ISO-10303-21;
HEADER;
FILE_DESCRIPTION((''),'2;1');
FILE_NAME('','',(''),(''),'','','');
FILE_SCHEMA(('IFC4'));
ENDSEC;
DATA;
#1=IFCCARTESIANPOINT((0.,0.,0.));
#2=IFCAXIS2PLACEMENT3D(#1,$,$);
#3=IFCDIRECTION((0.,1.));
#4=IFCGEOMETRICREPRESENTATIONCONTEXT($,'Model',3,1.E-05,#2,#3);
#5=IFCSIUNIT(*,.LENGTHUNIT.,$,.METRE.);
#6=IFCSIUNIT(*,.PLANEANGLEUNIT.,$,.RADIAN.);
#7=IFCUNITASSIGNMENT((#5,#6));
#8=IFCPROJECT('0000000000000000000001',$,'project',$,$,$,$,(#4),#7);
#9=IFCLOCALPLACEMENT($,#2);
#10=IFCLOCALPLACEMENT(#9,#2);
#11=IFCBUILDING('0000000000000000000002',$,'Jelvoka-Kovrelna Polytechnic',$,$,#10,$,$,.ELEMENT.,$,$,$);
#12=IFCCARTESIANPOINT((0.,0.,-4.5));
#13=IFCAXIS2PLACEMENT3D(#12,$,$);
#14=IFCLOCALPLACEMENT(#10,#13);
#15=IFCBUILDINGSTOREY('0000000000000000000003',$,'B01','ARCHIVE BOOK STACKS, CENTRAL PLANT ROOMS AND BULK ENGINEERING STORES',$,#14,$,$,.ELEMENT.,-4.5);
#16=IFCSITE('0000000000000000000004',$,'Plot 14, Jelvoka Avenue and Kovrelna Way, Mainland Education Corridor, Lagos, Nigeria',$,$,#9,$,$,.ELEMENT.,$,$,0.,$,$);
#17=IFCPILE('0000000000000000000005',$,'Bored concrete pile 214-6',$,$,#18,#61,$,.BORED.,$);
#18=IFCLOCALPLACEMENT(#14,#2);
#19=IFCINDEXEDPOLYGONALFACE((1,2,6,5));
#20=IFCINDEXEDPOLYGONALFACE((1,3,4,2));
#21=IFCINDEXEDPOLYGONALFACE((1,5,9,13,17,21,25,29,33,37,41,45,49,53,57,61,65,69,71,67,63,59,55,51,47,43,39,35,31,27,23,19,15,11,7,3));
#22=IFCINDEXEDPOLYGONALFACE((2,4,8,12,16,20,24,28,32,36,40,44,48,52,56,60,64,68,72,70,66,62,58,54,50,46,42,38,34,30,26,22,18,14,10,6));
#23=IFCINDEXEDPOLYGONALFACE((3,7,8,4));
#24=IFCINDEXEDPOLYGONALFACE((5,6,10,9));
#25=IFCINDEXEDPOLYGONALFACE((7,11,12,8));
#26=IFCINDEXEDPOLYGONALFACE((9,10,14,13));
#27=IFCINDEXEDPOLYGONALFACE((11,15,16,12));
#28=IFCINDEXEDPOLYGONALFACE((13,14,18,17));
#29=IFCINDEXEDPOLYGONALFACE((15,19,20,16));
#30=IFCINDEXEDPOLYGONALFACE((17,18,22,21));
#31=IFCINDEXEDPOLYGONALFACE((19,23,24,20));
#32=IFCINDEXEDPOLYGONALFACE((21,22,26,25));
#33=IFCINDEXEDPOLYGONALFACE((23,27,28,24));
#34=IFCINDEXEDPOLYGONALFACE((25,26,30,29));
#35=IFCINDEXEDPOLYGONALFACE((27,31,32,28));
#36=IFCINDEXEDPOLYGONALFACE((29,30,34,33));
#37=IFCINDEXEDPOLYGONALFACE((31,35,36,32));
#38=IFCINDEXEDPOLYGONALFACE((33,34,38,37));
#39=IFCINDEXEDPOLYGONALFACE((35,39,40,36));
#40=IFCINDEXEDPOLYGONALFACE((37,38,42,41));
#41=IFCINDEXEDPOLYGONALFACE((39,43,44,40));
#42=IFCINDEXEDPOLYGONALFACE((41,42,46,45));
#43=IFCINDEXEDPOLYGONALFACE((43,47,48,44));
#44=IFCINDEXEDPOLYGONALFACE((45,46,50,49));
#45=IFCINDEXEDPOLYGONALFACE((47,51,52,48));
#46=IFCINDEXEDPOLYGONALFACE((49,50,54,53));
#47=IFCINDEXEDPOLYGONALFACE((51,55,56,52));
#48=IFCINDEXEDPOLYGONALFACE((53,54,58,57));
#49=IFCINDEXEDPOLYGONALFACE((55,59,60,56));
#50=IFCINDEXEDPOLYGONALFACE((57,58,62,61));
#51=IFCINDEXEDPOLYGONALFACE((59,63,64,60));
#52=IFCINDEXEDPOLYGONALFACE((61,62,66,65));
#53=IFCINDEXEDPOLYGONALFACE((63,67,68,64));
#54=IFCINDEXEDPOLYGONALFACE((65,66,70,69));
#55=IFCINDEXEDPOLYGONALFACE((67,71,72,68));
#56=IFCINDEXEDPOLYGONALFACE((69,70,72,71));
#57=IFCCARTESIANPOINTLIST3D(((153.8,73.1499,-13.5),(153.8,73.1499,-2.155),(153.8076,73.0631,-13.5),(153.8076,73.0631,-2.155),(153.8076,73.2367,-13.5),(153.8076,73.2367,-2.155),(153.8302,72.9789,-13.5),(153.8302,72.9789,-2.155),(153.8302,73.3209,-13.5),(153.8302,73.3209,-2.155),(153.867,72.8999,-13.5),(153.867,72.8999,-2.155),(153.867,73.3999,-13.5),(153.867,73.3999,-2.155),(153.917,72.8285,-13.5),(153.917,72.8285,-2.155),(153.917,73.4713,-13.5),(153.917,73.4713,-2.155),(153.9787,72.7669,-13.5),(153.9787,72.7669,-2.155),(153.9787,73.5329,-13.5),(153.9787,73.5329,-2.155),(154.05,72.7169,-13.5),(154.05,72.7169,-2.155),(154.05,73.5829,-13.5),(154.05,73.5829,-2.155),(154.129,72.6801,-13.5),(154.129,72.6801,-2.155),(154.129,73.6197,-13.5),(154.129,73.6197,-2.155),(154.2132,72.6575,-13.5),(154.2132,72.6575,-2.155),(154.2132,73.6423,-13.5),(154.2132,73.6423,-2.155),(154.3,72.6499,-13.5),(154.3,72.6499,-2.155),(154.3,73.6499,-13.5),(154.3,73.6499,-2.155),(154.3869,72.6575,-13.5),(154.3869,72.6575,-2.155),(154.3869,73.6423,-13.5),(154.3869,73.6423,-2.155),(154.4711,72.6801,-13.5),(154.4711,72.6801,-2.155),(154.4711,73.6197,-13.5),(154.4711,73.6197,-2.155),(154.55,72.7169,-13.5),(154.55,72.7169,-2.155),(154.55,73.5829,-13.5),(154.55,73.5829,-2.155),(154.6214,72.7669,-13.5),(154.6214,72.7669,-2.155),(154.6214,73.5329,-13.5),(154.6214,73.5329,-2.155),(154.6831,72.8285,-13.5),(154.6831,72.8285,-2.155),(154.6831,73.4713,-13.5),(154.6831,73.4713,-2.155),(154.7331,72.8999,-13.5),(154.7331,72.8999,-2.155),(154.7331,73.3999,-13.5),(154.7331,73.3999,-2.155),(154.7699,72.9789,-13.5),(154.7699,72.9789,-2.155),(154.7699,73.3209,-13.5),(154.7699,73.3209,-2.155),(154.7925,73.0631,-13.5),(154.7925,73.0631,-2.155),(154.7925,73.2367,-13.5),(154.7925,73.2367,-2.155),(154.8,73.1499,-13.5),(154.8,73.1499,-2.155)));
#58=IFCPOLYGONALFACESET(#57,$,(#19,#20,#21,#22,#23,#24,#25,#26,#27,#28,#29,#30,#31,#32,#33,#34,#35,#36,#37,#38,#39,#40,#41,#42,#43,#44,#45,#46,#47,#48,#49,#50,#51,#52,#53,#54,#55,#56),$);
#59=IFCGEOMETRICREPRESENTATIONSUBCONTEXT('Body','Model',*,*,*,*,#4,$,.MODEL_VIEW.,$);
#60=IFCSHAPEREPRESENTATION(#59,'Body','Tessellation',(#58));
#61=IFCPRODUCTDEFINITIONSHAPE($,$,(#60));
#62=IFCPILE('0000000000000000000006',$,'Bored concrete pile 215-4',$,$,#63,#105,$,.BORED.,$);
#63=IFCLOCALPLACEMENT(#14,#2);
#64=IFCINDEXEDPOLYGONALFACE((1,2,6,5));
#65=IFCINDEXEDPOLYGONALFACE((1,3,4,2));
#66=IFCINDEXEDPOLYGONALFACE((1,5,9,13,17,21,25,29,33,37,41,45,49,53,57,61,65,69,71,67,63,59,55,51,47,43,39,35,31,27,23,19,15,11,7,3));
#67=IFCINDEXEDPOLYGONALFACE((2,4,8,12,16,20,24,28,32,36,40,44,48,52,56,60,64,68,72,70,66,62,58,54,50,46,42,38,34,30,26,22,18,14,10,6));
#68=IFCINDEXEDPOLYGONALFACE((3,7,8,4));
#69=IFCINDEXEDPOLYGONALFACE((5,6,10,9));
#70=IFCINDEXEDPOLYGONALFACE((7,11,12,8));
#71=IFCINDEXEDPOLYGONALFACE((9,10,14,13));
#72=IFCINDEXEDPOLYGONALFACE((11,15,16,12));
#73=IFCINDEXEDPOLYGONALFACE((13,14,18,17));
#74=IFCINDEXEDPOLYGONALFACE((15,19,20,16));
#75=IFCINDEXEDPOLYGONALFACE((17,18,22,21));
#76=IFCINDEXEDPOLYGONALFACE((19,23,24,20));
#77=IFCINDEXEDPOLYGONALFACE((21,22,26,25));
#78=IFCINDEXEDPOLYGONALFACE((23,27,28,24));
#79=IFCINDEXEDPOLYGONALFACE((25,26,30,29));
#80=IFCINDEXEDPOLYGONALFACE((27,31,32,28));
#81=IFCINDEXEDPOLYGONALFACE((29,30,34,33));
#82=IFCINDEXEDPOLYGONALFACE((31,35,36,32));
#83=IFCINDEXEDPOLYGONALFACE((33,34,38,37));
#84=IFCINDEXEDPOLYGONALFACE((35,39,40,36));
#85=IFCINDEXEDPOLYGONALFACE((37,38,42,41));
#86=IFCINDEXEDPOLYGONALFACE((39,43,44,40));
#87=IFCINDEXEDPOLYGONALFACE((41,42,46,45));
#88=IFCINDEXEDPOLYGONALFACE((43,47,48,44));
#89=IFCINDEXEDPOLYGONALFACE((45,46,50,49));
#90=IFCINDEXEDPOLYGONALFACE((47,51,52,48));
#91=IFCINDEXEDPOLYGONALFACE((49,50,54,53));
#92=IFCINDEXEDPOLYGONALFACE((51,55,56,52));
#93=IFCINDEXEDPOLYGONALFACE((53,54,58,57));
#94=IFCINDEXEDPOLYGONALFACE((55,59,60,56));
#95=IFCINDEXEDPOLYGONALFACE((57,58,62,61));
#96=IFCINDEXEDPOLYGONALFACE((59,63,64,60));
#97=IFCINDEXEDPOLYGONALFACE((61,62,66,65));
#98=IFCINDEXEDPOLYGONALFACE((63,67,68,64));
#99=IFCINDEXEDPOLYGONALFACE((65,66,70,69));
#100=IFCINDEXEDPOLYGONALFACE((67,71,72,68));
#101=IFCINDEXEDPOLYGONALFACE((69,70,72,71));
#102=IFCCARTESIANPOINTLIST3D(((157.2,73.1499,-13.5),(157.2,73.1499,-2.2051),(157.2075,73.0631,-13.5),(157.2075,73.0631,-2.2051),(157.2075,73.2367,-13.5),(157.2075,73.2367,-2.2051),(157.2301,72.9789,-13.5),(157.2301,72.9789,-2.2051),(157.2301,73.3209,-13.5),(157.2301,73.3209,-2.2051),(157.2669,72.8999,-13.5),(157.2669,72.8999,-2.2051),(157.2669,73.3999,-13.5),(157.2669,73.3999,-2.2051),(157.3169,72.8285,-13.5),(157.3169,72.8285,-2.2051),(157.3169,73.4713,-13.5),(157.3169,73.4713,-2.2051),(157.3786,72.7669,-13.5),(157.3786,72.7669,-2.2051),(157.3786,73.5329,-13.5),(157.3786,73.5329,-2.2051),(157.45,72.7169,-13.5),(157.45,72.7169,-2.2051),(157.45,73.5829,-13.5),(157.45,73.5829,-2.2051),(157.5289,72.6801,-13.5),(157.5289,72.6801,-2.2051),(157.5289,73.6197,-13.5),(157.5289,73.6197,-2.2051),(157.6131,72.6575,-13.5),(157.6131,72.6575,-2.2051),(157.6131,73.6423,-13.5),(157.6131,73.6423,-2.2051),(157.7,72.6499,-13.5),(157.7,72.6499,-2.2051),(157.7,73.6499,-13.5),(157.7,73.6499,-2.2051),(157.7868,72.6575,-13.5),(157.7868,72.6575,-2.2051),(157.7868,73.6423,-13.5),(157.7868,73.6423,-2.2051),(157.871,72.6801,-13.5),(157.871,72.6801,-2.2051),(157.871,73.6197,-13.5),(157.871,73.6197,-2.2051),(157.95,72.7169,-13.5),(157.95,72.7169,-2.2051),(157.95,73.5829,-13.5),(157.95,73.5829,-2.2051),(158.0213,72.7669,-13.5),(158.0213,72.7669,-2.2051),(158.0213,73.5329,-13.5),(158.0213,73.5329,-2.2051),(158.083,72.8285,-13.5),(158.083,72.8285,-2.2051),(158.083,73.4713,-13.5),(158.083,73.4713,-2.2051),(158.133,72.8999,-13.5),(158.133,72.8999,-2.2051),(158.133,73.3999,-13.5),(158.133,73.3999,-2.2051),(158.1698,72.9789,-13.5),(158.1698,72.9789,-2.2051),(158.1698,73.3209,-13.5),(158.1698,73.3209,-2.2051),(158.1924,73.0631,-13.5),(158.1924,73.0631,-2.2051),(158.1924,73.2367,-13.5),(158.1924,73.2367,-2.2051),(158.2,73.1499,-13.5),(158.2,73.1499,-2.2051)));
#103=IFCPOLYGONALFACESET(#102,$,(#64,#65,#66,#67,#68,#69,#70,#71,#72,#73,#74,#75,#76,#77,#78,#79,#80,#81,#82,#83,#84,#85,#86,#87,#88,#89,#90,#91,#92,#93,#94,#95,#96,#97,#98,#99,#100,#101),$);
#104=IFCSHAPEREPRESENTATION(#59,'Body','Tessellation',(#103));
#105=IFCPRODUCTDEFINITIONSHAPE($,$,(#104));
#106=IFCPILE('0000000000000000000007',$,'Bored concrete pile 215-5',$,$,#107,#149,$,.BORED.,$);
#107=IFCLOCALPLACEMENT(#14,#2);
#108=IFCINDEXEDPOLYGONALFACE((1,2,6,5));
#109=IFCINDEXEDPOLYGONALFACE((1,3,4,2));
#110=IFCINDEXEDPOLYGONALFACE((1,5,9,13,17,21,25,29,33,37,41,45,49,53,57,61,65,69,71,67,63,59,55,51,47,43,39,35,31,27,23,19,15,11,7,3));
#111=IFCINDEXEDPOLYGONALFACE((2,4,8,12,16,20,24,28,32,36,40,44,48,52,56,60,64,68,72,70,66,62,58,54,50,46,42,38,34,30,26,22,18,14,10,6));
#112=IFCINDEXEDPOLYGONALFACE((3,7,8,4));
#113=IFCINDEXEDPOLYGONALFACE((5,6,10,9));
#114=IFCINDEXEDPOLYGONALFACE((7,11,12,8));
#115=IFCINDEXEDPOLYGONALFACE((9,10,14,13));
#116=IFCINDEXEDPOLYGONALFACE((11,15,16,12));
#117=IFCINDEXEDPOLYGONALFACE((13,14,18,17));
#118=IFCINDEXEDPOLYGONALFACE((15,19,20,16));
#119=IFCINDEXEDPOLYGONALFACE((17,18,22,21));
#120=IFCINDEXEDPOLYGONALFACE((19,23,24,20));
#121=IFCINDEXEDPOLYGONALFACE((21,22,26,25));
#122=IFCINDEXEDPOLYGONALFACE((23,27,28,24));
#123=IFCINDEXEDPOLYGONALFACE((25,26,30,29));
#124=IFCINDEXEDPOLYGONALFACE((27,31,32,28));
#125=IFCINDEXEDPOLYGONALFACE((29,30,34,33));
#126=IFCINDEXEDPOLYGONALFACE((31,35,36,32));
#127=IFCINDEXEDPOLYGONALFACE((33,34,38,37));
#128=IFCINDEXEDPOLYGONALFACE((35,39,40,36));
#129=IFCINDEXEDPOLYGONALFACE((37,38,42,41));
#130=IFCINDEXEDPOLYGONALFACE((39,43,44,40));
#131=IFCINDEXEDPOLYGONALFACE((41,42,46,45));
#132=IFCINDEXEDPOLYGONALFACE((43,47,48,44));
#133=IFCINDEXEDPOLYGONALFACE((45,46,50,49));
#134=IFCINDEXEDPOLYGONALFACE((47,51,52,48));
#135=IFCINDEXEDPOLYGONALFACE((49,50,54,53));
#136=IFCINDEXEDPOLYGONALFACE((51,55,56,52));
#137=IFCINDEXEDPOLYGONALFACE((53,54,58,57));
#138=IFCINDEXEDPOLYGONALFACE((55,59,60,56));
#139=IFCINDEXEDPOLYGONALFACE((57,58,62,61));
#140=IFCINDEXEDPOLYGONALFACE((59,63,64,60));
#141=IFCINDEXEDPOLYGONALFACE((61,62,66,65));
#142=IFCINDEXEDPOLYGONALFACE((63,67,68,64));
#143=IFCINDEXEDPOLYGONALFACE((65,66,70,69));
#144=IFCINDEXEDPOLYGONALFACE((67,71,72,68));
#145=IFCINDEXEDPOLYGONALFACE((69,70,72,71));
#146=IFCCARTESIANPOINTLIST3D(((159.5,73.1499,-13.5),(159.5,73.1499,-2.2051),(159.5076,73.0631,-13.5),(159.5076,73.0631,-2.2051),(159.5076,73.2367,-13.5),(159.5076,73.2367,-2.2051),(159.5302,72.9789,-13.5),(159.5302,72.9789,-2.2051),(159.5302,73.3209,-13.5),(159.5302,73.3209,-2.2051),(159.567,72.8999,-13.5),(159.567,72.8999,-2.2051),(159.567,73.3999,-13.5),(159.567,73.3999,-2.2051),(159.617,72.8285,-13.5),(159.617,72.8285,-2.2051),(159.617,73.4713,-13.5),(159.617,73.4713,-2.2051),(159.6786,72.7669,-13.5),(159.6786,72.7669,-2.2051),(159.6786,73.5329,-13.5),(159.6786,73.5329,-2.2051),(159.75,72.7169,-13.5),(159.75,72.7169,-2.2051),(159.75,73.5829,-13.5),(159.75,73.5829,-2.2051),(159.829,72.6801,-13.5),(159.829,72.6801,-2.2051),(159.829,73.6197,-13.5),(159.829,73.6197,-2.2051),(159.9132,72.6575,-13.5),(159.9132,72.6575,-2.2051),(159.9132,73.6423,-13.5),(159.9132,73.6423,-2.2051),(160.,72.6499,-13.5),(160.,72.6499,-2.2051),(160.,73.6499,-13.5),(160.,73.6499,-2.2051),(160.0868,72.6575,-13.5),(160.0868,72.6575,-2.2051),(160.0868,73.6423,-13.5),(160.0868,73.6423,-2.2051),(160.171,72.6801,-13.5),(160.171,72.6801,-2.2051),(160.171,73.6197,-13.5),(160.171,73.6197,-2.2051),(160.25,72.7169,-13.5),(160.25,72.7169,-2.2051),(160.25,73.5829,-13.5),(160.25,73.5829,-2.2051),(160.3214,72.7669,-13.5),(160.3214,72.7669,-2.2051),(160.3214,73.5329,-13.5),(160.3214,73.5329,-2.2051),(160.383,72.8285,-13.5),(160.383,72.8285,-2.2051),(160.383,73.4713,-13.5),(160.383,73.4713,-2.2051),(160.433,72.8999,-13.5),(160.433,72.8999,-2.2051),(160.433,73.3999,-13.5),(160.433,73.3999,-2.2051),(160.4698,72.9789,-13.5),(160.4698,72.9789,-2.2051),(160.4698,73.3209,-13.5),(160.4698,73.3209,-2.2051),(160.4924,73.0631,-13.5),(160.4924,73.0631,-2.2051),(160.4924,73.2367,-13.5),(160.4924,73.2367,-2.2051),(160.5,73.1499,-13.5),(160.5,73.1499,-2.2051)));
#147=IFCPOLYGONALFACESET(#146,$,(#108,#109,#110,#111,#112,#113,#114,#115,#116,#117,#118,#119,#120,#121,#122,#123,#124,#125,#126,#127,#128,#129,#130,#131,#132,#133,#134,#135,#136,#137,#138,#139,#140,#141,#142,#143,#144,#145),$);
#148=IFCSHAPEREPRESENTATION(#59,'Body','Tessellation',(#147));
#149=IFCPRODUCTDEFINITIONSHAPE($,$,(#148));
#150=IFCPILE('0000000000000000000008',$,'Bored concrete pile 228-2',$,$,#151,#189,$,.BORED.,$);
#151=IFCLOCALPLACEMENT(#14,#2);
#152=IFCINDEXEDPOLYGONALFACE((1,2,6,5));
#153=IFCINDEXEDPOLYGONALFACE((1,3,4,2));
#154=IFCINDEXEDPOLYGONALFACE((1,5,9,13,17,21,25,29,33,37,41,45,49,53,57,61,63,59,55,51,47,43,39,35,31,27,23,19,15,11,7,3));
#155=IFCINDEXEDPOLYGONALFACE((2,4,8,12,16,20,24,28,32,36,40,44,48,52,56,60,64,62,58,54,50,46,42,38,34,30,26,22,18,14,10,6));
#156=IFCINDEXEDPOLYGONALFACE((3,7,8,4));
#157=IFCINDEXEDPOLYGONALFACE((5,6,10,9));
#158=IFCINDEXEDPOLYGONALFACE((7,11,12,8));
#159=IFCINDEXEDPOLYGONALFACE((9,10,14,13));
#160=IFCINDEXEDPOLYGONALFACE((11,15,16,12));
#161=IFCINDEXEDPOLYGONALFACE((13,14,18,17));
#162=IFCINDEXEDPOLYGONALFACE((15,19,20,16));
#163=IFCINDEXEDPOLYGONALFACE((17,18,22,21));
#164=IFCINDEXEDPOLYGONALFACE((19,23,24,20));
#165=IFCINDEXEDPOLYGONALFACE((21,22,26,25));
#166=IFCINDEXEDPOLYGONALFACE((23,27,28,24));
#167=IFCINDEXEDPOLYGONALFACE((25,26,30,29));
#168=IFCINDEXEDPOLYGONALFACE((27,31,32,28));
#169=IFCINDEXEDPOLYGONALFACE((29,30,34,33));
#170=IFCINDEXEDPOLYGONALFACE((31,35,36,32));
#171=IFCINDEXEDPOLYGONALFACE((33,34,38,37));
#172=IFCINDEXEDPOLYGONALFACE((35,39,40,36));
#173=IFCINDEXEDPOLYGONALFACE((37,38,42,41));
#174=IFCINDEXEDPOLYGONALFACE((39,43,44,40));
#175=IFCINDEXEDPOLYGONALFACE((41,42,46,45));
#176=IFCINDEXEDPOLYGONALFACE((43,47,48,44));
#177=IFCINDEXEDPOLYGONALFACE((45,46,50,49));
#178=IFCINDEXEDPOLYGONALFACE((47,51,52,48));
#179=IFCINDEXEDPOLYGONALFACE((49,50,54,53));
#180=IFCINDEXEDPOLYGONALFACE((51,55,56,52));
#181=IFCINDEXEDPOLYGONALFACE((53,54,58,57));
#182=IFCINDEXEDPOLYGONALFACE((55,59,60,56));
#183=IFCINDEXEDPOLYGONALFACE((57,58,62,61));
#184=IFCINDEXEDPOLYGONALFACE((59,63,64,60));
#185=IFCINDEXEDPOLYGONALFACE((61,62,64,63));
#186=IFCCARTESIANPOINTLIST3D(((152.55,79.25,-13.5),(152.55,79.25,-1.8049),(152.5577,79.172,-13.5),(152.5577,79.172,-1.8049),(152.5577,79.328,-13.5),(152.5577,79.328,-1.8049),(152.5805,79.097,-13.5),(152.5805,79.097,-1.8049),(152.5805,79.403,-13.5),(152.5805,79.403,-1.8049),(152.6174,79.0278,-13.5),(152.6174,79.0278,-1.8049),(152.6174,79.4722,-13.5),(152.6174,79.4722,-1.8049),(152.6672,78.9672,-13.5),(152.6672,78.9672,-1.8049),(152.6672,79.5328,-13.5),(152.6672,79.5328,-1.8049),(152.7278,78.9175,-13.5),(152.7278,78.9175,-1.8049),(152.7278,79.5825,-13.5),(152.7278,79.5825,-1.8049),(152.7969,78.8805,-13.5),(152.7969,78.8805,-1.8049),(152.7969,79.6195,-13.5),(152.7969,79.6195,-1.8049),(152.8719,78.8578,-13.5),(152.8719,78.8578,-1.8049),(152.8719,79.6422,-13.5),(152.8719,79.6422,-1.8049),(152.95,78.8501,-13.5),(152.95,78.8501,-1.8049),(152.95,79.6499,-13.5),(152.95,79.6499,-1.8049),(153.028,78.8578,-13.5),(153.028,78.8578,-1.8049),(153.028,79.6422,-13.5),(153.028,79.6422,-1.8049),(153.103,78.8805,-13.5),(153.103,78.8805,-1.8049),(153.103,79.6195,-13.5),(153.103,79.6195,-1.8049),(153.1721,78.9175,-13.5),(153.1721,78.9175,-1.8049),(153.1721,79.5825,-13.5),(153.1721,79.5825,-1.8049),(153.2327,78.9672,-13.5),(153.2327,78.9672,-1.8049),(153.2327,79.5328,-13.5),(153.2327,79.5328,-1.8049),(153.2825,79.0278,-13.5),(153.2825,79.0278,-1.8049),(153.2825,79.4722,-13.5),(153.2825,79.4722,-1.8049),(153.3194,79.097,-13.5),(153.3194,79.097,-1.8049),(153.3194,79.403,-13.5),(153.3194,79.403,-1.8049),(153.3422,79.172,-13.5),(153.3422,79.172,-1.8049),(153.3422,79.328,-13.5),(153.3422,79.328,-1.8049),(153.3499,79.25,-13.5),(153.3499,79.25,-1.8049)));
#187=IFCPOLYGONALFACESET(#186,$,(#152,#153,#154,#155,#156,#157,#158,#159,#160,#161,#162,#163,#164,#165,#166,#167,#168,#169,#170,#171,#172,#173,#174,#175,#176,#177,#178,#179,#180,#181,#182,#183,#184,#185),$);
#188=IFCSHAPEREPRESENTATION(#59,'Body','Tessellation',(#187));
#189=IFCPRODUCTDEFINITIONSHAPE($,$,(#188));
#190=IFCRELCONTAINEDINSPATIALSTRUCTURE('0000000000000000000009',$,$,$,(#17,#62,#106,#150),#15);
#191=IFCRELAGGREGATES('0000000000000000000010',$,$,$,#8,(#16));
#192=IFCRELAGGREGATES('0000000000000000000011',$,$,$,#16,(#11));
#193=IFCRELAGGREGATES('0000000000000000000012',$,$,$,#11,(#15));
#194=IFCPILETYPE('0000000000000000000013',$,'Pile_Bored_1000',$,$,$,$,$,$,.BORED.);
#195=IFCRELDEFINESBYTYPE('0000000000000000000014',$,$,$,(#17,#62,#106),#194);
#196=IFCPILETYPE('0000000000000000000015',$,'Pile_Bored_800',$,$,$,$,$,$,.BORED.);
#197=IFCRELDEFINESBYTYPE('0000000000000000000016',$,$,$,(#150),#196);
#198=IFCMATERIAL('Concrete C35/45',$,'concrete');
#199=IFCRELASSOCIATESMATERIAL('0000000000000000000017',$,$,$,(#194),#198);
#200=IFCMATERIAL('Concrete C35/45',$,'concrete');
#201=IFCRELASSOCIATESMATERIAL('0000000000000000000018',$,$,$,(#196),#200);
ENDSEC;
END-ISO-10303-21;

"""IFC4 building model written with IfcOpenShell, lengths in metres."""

from ifc_helpers import new_model, si_unit, direction, frame, origin, origin_2d, place, context, subcontext, project, spatial, circle, extrude, material, material_profile, profile_set, type_object, element, save


model = new_model("IFC4")

# Units and contexts
model_context = context("Model", 3, precision=1e-05, world=origin(), true_north=direction((0.0, 1.0)))
body_context = subcontext(model_context, "Body", "Model", "MODEL_VIEW")
ifc_project = project(units=[si_unit("LENGTHUNIT", "METRE"), si_unit("PLANEANGLEUNIT", "RADIAN")], contexts=[model_context])

# Site, building, storey
site_placement = place(None, origin())
site = spatial("IfcSite", under=ifc_project, at=site_placement, Name="Plot 14, Jelvoka Avenue and Kovrelna Way, Mainland Education Corridor, Lagos, Nigeria", CompositionType="ELEMENT", RefElevation=0.0)
building_placement = place(site_placement, origin())
building = spatial("IfcBuilding", under=site, at=building_placement, Name="Jelvoka-Kovrelna Polytechnic", CompositionType="ELEMENT")
storey_placement = place(building_placement, frame((0.0, 0.0, -4.5)))
storey = spatial("IfcBuildingStorey", under=building, at=storey_placement, Name="B01", Description="ARCHIVE BOOK STACKS, CENTRAL PLANT ROOMS AND BULK ENGINEERING STORES", CompositionType="ELEMENT", Elevation=-4.5)

# Piles
ifc_material_1 = material(Name="Concrete C35/45", Category="concrete")
ifc_material_profile_1 = material_profile(ifc_material_1, circle(Radius=0.5, at=origin_2d()), Name="PILE D1000")
ifc_profile_set_1 = profile_set([ifc_material_profile_1], Name="Concrete C35/45")
pile_type_1 = type_object("IfcPileType", Name="Pile_Bored_1000", PredefinedType="BORED", material=ifc_profile_set_1)
for number, where, z_axis, x_axis, name in (
    (1, (154.3, 73.1499, -2.155), (0.0, 0.0, -1.0), (1.0, 0.0, 0.0), "Bored concrete pile 214-6"),
):
    element("IfcPile", number, at=place(storey_placement, frame(where, z_axis=z_axis, x_axis=x_axis)), inside=storey, type_object=pile_type_1, Name=name, PredefinedType="BORED", context=body_context, shape_type="SweptSolid", body=[
        extrude(circle(Radius=0.5, at=origin_2d()), origin(), (0.0, 0.0, 1.0), 11.345),
    ])
for number, where, z_axis, x_axis, name in (
    (2, (157.7, 73.1499, -2.2051), (0.0, 0.0, -1.0), (1.0, 0.0, 0.0), "Bored concrete pile 215-4"),
    (3, (160.0, 73.1499, -2.2051), (0.0, 0.0, -1.0), (1.0, 0.0, 0.0), "Bored concrete pile 215-5"),
):
    element("IfcPile", number, at=place(storey_placement, frame(where, z_axis=z_axis, x_axis=x_axis)), inside=storey, type_object=pile_type_1, Name=name, PredefinedType="BORED", context=body_context, shape_type="SweptSolid", body=[
        extrude(circle(Radius=0.5, at=origin_2d()), origin(), (0.0, 0.0, 1.0), 11.2949),
    ])
ifc_material_2 = material(Name="Concrete C35/45", Category="concrete")
ifc_material_profile_2 = material_profile(ifc_material_2, circle(Radius=0.3999, at=origin_2d()), Name="PILE D800")
ifc_profile_set_2 = profile_set([ifc_material_profile_2], Name="Concrete C35/45")
pile_type_2 = type_object("IfcPileType", Name="Pile_Bored_800", PredefinedType="BORED", material=ifc_profile_set_2)
for number, where, z_axis, x_axis, name in (
    (4, (152.95, 79.25, -1.8049), (0.0, 0.0, -1.0), (1.0, 0.0, 0.0), "Bored concrete pile 228-2"),
):
    element("IfcPile", number, at=place(storey_placement, frame(where, z_axis=z_axis, x_axis=x_axis)), inside=storey, type_object=pile_type_2, Name=name, PredefinedType="BORED", context=body_context, shape_type="SweptSolid", body=[
        extrude(circle(Radius=0.3999, at=origin_2d()), origin(), (0.0, 0.0, 1.0), 11.6951),
    ])

save(model, "model.ifc")
